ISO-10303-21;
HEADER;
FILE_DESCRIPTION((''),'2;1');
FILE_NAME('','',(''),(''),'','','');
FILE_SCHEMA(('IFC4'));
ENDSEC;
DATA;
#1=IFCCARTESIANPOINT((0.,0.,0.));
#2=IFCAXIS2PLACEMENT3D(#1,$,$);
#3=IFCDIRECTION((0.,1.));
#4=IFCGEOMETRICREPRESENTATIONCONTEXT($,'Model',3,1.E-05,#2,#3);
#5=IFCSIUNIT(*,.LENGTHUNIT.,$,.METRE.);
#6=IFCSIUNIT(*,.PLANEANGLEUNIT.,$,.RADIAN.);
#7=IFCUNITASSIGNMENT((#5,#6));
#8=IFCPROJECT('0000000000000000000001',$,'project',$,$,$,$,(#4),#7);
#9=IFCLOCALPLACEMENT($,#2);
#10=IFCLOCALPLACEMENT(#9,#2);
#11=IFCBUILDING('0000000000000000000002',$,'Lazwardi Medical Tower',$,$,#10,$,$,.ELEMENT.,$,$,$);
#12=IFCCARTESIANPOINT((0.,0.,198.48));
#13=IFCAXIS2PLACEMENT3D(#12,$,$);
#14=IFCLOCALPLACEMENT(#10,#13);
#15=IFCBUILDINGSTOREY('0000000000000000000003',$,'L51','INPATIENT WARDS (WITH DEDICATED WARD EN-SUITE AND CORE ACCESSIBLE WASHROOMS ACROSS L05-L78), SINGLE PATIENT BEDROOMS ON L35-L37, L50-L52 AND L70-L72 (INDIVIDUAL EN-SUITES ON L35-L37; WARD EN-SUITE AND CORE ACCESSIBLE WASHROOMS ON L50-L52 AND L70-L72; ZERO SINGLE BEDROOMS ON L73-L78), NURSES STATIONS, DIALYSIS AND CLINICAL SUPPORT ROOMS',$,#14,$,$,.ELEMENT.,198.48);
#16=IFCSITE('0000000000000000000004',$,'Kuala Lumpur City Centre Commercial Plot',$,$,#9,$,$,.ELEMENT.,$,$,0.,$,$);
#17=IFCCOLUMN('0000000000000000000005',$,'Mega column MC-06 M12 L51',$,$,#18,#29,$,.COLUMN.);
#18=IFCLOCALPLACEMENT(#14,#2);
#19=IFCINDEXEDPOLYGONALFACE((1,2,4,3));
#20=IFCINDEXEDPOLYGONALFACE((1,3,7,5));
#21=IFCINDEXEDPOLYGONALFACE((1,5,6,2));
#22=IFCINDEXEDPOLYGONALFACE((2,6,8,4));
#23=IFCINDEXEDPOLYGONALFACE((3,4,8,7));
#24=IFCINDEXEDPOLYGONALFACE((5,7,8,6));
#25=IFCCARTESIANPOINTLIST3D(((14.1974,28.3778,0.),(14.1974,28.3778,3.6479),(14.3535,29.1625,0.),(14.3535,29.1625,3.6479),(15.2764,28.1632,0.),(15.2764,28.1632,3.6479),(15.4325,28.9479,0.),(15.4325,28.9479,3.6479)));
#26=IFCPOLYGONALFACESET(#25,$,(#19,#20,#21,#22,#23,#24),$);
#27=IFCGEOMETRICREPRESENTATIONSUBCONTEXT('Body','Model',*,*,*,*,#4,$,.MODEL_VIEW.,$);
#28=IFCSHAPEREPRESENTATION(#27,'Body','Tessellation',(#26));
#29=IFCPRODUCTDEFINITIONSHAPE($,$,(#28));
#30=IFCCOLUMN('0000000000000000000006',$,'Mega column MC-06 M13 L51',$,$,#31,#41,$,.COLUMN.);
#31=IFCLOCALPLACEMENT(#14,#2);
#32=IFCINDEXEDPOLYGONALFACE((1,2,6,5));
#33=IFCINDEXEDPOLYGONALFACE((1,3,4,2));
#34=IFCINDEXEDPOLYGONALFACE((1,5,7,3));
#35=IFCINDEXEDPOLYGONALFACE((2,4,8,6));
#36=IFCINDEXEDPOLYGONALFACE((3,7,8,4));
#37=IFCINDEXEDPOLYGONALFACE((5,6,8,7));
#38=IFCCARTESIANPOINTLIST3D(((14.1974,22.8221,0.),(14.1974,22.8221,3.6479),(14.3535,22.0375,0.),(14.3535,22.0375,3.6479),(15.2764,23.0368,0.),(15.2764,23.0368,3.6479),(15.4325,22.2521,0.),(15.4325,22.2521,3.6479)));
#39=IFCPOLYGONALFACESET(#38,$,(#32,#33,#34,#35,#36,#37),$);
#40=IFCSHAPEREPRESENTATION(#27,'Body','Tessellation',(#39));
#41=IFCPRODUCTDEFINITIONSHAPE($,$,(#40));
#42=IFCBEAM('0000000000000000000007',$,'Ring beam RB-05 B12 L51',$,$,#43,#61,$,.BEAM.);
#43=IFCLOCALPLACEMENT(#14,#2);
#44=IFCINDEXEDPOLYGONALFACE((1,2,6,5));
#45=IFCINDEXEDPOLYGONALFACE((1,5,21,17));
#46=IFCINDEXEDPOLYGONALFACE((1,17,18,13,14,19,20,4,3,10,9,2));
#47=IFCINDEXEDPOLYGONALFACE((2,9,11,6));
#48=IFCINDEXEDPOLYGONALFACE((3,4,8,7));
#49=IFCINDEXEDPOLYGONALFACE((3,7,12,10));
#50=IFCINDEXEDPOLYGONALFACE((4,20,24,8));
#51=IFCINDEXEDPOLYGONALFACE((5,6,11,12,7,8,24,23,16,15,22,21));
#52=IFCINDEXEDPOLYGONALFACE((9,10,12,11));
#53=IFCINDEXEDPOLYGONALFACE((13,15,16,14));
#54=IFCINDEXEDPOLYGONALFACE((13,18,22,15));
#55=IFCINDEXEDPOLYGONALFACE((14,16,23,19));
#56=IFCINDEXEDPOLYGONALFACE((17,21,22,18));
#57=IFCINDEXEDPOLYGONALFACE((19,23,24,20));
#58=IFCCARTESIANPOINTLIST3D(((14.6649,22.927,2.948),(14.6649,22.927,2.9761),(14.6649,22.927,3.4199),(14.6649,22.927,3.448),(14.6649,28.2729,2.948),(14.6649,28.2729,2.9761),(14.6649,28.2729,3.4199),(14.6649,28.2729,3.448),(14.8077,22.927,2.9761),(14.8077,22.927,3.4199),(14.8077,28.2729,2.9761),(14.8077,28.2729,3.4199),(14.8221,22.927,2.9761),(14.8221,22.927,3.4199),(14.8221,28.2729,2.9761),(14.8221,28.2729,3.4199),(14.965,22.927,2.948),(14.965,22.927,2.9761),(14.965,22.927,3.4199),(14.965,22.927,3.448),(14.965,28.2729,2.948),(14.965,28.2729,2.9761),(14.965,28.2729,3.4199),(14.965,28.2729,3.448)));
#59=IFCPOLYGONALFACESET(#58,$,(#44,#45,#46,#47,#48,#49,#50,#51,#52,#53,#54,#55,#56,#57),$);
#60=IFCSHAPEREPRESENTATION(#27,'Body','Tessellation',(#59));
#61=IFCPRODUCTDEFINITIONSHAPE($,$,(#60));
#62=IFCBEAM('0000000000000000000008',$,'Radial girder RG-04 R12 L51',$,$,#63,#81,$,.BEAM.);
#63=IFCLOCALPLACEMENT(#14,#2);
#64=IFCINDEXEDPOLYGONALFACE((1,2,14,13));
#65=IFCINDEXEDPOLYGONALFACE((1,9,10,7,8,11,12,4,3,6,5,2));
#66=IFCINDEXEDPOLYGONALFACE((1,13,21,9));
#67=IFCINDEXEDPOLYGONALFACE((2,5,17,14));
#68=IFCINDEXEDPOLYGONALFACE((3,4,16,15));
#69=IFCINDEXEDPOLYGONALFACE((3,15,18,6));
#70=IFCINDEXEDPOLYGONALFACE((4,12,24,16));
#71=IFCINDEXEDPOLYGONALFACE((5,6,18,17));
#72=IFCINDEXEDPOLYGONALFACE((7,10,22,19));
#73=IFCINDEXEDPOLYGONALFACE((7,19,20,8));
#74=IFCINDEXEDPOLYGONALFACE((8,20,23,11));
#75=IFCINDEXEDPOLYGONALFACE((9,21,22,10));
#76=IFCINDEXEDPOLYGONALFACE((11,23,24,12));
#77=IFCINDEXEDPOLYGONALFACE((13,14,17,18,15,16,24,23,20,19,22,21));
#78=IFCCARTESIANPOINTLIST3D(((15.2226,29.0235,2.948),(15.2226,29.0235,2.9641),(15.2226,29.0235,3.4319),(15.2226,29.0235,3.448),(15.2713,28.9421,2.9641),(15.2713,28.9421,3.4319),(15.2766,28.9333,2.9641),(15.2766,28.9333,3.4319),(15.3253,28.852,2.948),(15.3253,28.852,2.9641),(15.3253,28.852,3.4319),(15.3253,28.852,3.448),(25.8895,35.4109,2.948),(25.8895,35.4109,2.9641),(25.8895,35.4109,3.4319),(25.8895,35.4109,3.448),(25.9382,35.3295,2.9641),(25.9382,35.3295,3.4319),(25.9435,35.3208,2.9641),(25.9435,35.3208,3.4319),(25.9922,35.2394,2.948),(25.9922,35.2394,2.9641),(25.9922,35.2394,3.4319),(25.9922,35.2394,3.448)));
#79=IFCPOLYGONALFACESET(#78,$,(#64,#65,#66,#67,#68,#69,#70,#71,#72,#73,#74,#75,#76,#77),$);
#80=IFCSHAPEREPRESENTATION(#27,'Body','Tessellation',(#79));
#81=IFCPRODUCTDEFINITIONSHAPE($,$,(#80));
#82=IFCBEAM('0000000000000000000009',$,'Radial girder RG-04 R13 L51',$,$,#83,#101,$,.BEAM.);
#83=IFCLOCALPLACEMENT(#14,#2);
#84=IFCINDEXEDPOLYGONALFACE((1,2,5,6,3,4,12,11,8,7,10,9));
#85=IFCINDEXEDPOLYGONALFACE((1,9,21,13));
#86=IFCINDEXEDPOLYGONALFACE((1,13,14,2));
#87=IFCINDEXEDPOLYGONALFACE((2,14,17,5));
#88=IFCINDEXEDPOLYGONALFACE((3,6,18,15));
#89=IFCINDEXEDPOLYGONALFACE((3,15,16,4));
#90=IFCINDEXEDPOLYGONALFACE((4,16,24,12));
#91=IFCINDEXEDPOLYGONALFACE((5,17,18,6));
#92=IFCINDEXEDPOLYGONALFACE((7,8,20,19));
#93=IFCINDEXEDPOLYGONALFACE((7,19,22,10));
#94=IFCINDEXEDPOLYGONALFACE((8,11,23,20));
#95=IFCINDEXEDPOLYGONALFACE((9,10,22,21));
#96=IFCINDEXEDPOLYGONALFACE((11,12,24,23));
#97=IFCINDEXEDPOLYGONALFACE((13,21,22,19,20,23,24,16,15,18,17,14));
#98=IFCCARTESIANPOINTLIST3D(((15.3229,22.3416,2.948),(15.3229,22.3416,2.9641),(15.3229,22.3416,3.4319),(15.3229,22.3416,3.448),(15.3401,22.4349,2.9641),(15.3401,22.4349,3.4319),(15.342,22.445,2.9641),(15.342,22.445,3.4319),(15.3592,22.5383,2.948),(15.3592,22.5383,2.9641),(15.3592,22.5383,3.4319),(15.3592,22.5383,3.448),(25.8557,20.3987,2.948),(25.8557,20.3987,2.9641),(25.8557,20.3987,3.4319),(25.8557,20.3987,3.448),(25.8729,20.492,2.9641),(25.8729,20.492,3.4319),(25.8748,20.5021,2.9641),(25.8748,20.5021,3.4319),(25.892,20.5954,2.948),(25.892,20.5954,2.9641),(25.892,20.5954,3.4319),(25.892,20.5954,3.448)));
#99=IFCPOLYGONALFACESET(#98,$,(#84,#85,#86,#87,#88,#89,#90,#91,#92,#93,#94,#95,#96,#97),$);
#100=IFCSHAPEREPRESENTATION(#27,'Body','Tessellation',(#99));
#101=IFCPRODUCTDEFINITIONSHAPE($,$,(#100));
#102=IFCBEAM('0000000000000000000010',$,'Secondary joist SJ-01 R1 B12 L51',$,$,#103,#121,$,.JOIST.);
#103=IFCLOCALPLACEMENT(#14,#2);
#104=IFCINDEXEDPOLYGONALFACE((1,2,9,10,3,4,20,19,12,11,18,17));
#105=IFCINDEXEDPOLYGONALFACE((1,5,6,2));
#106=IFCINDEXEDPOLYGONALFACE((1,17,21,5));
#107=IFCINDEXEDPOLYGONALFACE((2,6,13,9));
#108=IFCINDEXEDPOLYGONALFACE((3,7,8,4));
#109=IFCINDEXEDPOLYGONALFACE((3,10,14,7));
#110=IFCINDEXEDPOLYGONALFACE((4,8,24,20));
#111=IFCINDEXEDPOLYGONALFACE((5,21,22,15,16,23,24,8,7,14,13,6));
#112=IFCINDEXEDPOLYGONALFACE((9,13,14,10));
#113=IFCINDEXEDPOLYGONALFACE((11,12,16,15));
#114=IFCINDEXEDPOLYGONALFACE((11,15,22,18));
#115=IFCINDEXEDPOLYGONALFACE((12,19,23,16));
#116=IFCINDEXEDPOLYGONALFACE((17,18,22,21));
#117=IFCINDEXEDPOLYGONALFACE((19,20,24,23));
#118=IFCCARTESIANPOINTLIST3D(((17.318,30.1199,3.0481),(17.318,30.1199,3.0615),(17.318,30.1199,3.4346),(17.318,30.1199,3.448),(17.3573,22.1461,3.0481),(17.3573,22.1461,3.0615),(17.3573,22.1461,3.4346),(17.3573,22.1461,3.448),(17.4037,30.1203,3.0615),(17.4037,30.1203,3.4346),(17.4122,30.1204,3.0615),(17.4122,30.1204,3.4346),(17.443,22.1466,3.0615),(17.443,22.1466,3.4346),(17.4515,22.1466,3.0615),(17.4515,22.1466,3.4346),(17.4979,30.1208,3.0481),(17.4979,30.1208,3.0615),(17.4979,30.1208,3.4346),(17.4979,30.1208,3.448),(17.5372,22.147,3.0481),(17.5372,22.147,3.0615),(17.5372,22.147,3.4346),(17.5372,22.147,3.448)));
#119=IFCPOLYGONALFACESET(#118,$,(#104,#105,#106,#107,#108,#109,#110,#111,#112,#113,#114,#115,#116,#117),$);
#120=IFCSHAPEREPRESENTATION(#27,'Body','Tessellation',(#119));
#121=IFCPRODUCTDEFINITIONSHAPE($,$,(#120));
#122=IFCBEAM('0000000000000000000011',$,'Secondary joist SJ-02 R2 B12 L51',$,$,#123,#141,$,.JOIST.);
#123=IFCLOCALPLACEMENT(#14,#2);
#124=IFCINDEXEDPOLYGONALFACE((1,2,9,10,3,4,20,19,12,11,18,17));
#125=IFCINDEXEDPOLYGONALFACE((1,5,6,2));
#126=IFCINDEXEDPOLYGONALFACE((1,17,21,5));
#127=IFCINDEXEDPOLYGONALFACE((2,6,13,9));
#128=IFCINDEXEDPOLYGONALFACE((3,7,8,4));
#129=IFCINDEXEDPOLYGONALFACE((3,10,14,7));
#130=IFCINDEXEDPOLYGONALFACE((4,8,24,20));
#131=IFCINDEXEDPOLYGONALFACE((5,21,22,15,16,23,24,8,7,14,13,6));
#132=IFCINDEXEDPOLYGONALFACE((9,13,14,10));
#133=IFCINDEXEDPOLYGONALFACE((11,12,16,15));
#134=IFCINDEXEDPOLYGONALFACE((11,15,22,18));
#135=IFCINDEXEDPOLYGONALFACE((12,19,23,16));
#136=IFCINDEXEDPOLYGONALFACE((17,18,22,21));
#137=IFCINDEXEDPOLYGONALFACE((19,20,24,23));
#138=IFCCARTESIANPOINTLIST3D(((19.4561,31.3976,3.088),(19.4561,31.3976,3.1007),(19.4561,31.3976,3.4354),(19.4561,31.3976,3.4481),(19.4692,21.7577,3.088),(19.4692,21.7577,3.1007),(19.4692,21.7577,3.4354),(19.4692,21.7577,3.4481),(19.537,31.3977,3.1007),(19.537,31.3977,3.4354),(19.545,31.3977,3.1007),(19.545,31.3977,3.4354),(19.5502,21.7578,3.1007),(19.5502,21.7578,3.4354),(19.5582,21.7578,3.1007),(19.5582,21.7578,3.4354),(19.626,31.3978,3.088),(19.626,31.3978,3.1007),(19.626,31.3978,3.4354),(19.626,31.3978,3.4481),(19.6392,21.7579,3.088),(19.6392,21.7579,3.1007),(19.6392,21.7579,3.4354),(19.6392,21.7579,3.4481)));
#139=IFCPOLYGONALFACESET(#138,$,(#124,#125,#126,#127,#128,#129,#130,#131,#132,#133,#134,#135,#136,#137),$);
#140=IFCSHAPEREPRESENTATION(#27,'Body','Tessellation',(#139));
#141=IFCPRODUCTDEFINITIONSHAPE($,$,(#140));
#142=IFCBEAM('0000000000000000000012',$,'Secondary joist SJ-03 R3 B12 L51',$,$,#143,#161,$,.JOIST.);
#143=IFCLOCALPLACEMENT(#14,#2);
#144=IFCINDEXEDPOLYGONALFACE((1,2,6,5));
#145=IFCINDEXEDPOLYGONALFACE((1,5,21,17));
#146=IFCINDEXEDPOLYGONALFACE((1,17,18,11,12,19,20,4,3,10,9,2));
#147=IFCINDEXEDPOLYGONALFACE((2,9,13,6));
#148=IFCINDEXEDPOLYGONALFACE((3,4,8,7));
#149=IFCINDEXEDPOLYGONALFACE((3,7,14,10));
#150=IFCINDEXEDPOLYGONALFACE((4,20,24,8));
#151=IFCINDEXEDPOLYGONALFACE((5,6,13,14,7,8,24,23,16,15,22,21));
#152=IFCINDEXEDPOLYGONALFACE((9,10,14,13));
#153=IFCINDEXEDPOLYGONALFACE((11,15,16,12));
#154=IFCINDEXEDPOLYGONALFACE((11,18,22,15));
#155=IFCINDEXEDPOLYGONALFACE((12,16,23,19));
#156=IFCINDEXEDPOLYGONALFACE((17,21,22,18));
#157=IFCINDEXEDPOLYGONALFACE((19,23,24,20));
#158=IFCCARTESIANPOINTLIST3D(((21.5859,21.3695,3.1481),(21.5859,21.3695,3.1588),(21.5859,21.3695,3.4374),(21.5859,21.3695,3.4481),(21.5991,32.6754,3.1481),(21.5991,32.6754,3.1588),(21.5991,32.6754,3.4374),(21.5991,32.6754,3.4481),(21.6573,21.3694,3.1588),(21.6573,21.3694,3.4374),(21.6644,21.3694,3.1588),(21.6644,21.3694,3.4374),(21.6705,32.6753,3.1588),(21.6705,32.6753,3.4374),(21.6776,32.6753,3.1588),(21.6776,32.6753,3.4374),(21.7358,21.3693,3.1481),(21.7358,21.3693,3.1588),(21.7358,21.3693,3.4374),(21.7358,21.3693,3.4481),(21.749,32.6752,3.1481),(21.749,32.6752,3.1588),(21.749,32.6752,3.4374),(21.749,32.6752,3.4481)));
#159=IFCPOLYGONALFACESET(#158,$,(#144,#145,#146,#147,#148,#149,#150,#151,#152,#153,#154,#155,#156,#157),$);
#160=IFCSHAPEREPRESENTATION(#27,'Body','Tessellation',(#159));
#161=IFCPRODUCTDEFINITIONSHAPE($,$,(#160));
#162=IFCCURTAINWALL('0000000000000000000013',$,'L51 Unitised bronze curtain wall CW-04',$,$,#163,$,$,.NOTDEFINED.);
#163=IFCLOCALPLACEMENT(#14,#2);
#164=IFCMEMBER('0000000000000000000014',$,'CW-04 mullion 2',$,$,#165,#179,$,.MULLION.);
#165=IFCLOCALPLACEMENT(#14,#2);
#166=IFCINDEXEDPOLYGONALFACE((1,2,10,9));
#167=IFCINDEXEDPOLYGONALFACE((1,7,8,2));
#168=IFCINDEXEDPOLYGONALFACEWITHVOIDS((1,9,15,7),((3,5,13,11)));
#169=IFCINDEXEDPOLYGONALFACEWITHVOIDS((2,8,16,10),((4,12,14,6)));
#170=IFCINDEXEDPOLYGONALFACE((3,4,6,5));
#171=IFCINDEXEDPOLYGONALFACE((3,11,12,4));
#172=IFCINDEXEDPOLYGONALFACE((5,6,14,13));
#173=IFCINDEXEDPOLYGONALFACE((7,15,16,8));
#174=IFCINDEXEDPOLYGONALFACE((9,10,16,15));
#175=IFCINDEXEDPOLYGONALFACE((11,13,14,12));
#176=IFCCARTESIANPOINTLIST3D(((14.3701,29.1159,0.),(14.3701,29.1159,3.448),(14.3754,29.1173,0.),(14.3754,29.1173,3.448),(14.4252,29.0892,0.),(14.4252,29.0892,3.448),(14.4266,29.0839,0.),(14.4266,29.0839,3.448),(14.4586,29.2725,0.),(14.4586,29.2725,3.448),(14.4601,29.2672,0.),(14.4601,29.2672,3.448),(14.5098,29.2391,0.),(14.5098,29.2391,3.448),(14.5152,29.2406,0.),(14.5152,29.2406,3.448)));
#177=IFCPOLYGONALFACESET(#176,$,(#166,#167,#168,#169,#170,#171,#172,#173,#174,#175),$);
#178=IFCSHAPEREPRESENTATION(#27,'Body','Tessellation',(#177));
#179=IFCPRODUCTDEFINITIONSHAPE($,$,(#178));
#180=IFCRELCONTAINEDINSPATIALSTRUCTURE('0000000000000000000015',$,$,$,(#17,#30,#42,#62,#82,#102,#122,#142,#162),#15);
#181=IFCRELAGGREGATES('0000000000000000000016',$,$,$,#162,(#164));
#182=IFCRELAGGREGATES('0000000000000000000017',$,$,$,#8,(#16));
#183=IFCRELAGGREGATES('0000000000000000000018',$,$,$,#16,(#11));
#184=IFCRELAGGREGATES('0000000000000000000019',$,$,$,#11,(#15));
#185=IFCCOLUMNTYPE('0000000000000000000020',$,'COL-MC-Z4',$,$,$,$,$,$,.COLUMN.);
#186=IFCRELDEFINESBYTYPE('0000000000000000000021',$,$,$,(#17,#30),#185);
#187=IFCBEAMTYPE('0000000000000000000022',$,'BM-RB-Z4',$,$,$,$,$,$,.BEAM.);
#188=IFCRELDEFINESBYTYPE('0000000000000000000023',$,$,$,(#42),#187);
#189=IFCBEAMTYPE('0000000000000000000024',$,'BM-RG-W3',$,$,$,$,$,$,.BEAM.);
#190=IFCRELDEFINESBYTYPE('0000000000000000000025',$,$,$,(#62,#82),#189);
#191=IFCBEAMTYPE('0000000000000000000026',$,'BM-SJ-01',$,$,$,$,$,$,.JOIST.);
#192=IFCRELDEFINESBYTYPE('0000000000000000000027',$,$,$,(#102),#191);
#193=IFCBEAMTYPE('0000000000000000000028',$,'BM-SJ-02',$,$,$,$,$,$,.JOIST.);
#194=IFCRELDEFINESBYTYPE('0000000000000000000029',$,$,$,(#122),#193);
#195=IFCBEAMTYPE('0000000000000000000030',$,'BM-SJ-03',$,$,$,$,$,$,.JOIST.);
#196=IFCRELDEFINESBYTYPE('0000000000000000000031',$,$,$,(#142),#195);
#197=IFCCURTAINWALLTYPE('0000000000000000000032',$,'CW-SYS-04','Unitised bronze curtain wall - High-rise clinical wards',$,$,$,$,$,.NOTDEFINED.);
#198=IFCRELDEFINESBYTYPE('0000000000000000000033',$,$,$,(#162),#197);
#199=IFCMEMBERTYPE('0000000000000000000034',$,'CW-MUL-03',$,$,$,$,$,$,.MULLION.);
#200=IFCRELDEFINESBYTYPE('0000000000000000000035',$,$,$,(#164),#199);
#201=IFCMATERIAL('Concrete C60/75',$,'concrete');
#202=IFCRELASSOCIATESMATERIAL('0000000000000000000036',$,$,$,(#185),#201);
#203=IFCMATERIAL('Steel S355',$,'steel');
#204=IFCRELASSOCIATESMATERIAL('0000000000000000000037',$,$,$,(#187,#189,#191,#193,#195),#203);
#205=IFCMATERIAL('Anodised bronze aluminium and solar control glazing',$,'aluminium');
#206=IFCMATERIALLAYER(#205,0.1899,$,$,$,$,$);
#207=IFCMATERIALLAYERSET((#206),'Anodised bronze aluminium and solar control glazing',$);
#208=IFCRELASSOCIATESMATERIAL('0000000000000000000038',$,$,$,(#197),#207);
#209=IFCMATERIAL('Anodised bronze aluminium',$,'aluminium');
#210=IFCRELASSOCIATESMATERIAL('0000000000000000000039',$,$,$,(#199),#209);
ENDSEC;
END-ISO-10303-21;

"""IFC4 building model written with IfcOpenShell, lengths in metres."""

from ifc_helpers import new_model, si_unit, direction, frame, origin, origin_2d, place, context, subcontext, project, spatial, rectangle, hollow_rectangle, i_section, extrude, material, layer, layer_set, material_profile, profile_set, type_object, element, aggregate, save


model = new_model("IFC4")

# Units and contexts
model_context = context("Model", 3, precision=1e-05, world=origin(), true_north=direction((0.0, 1.0)))
body_context = subcontext(model_context, "Body", "Model", "MODEL_VIEW")
ifc_project = project(units=[si_unit("LENGTHUNIT", "METRE"), si_unit("PLANEANGLEUNIT", "RADIAN")], contexts=[model_context])

# Site, building, storey
site_placement = place(None, origin())
site = spatial("IfcSite", under=ifc_project, at=site_placement, Name="Kuala Lumpur City Centre Commercial Plot", CompositionType="ELEMENT", RefElevation=0.0)
building_placement = place(site_placement, origin())
building = spatial("IfcBuilding", under=site, at=building_placement, Name="Lazwardi Medical Tower", CompositionType="ELEMENT")
storey_placement = place(building_placement, frame((0.0, 0.0, 198.48)))
storey = spatial("IfcBuildingStorey", under=building, at=storey_placement, Name="L51", Description="INPATIENT WARDS (WITH DEDICATED WARD EN-SUITE AND CORE ACCESSIBLE WASHROOMS ACROSS L05-L78), SINGLE PATIENT BEDROOMS ON L35-L37, L50-L52 AND L70-L72 (INDIVIDUAL EN-SUITES ON L35-L37; WARD EN-SUITE AND CORE ACCESSIBLE WASHROOMS ON L50-L52 AND L70-L72; ZERO SINGLE BEDROOMS ON L73-L78), NURSES STATIONS, DIALYSIS AND CLINICAL SUPPORT ROOMS", CompositionType="ELEMENT", Elevation=198.48)

# Columns
ifc_material_1 = material(Name="Concrete C60/75", Category="concrete")
ifc_material_profile_1 = material_profile(ifc_material_1, rectangle(XDim=1.1001, YDim=0.8, at=origin_2d()), Name="CFT-RECT 1100x800")
ifc_profile_set_1 = profile_set([ifc_material_profile_1], Name="Concrete C60/75")
column_type = type_object("IfcColumnType", Name="COL-MC-Z4", PredefinedType="COLUMN", material=ifc_profile_set_1)
for number, where, z_axis, x_axis, name in (
    (1, (14.8149, 28.6628, 0.0), (0.0, 0.0, 1.0), (-0.980785, 0.19509, 0.0), "Mega column MC-06 M12 L51"),
    (2, (14.8149, 22.5371, 0.0), (0.0, 0.0, 1.0), (-0.980785, -0.19509, 0.0), "Mega column MC-06 M13 L51"),
):
    element("IfcColumn", number, at=place(storey_placement, frame(where, z_axis=z_axis, x_axis=x_axis)), inside=storey, type_object=column_type, Name=name, PredefinedType="COLUMN", context=body_context, shape_type="SweptSolid", body=[
        extrude(rectangle(XDim=1.1001, YDim=0.8, at=origin_2d()), origin(), (0.0, 0.0, 1.0), 3.6479),
    ])

# Beams
ifc_material_2 = material(Name="Steel S355", Category="steel")
ifc_material_profile_2 = material_profile(ifc_material_2, i_section(OverallWidth=0.3, OverallDepth=0.5, WebThickness=0.0144, FlangeThickness=0.0281, at=origin_2d()), Name="HEB 500")
ifc_profile_set_2 = profile_set([ifc_material_profile_2], Name="Steel S355")
beam_type_1 = type_object("IfcBeamType", Name="BM-RB-Z4", PredefinedType="BEAM", material=ifc_profile_set_2)
beam_1_placement = place(storey_placement, frame((14.8149, 28.2729, 3.198), z_axis=(0.0, -1.0, 0.0), x_axis=(1.0, 0.0, 0.0)))
element("IfcBeam", 3, at=beam_1_placement, inside=storey, type_object=beam_type_1, Name="Ring beam RB-05 B12 L51", PredefinedType="BEAM", context=body_context, shape_type="SweptSolid", body=[
    extrude(i_section(OverallWidth=0.3, OverallDepth=0.5, WebThickness=0.0144, FlangeThickness=0.0281, at=origin_2d()), origin(), (0.0, 0.0, 1.0), 5.3459),
])
ifc_material_profile_3 = material_profile(ifc_material_2, i_section(OverallWidth=0.2, OverallDepth=0.5, WebThickness=0.0103, FlangeThickness=0.0161, at=origin_2d()), Name="IPE 500")
ifc_profile_set_3 = profile_set([ifc_material_profile_3], Name="Steel S355")
beam_type_2 = type_object("IfcBeamType", Name="BM-RG-W3", PredefinedType="BEAM", material=ifc_profile_set_3)
beam_2_placement = place(storey_placement, frame((15.2739, 28.9377, 3.198), z_axis=(0.857945, 0.513742, 0.0), x_axis=(-0.513742, 0.857945, 0.0)))
element("IfcBeam", 4, at=beam_2_placement, inside=storey, type_object=beam_type_2, Name="Radial girder RG-04 R12 L51", PredefinedType="BEAM", context=body_context, shape_type="SweptSolid", body=[
    extrude(i_section(OverallWidth=0.2, OverallDepth=0.5, WebThickness=0.0103, FlangeThickness=0.0161, at=origin_2d()), origin(), (0.0, 0.0, 1.0), 12.4331),
])
beam_3_placement = place(storey_placement, frame((15.3411, 22.4399, 3.198), z_axis=(0.983409, -0.1814, 0.0), x_axis=(0.1814, 0.983409, 0.0)))
element("IfcBeam", 5, at=beam_3_placement, inside=storey, type_object=beam_type_2, Name="Radial girder RG-04 R13 L51", PredefinedType="BEAM", context=body_context, shape_type="SweptSolid", body=[
    extrude(i_section(OverallWidth=0.2, OverallDepth=0.5, WebThickness=0.0103, FlangeThickness=0.0161, at=origin_2d()), origin(), (0.0, 0.0, 1.0), 10.7104),
])
ifc_material_profile_4 = material_profile(ifc_material_2, i_section(OverallWidth=0.1799, OverallDepth=0.3999, WebThickness=0.0085, FlangeThickness=0.0134, at=origin_2d()), Name="IPE 400")
ifc_profile_set_4 = profile_set([ifc_material_profile_4], Name="Steel S355")
beam_type_3 = type_object("IfcBeamType", Name="BM-SJ-01", PredefinedType="JOIST", material=ifc_profile_set_4)
beam_4_placement = place(storey_placement, frame((17.408, 30.1204, 3.248), z_axis=(0.004929, -0.999988, 0.0), x_axis=(0.999988, 0.004929, 0.0)))
element("IfcBeam", 6, at=beam_4_placement, inside=storey, type_object=beam_type_3, Name="Secondary joist SJ-01 R1 B12 L51", PredefinedType="JOIST", context=body_context, shape_type="SweptSolid", body=[
    extrude(i_section(OverallWidth=0.1799, OverallDepth=0.3999, WebThickness=0.0085, FlangeThickness=0.0134, at=origin_2d()), origin(), (0.0, 0.0, 1.0), 7.9739),
])
ifc_material_profile_5 = material_profile(ifc_material_2, i_section(OverallWidth=0.1699, OverallDepth=0.3601, WebThickness=0.0081, FlangeThickness=0.0127, at=origin_2d()), Name="IPE 360")
ifc_profile_set_5 = profile_set([ifc_material_profile_5], Name="Steel S355")
beam_type_4 = type_object("IfcBeamType", Name="BM-SJ-02", PredefinedType="JOIST", material=ifc_profile_set_5)
beam_5_placement = place(storey_placement, frame((19.541, 31.3977, 3.2681), z_axis=(0.001368, -0.999999, 0.0), x_axis=(0.999999, 0.001368, 0.0)))
element("IfcBeam", 7, at=beam_5_placement, inside=storey, type_object=beam_type_4, Name="Secondary joist SJ-02 R2 B12 L51", PredefinedType="JOIST", context=body_context, shape_type="SweptSolid", body=[
    extrude(i_section(OverallWidth=0.1699, OverallDepth=0.3601, WebThickness=0.0081, FlangeThickness=0.0127, at=origin_2d()), origin(), (0.0, 0.0, 1.0), 9.6399),
])
ifc_material_profile_6 = material_profile(ifc_material_2, i_section(OverallWidth=0.1499, OverallDepth=0.3, WebThickness=0.0071, FlangeThickness=0.0107, at=origin_2d()), Name="IPE 300")
ifc_profile_set_6 = profile_set([ifc_material_profile_6], Name="Steel S355")
beam_type_5 = type_object("IfcBeamType", Name="BM-SJ-03", PredefinedType="JOIST", material=ifc_profile_set_6)
beam_6_placement = place(storey_placement, frame((21.6741, 32.6753, 3.2981), z_axis=(-0.001166, -0.999999, 0.0), x_axis=(0.999999, -0.001166, 0.0)))
element("IfcBeam", 8, at=beam_6_placement, inside=storey, type_object=beam_type_5, Name="Secondary joist SJ-03 R3 B12 L51", PredefinedType="JOIST", context=body_context, shape_type="SweptSolid", body=[
    extrude(i_section(OverallWidth=0.1499, OverallDepth=0.3, WebThickness=0.0071, FlangeThickness=0.0107, at=origin_2d()), origin(), (0.0, 0.0, 1.0), 11.3059),
])

# Curtain wall, member
ifc_material_3 = material(Name="Anodised bronze aluminium and solar control glazing", Category="aluminium")
ifc_layer_1 = layer(ifc_material_3, 0.1899)
ifc_layer_set_1 = layer_set([ifc_layer_1], Name="Anodised bronze aluminium and solar control glazing")
curtain_wall_type = type_object("IfcCurtainWallType", Name="CW-SYS-04", Description="Unitised bronze curtain wall - High-rise clinical wards", PredefinedType="NOTDEFINED", material=ifc_layer_set_1)
curtain_wall_1_placement = place(storey_placement, origin())
curtain_wall_1 = element("IfcCurtainWall", 9, at=curtain_wall_1_placement, inside=storey, type_object=curtain_wall_type, Name="L51 Unitised bronze curtain wall CW-04", PredefinedType="NOTDEFINED")
ifc_material_4 = material(Name="Anodised bronze aluminium", Category="aluminium")
ifc_material_profile_7 = material_profile(ifc_material_4, hollow_rectangle(XDim=0.0649, YDim=0.1799, WallThickness=0.0039, at=origin_2d()), Name="ALU-MULLION 180x65x4")
ifc_profile_set_7 = profile_set([ifc_material_profile_7], Name="Anodised bronze aluminium")
member_type_1 = type_object("IfcMemberType", Name="CW-MUL-03", PredefinedType="MULLION", material=ifc_profile_set_7)
member_1_placement = place(storey_placement, frame((14.4426, 29.1782, 0.0), z_axis=(0.0, 0.0, 1.0), x_axis=(0.870651, -0.4919, 0.0)))
member_1 = element("IfcMember", 10, at=member_1_placement, type_object=member_type_1, Name="CW-04 mullion 2", PredefinedType="MULLION", context=body_context, shape_type="SweptSolid", body=[
    extrude(hollow_rectangle(XDim=0.0649, YDim=0.1799, WallThickness=0.0039, at=origin_2d()), origin(), (0.0, 0.0, 1.0), 3.448),
])

aggregate(curtain_wall_1, [member_1])

save(model, "model.ifc")
